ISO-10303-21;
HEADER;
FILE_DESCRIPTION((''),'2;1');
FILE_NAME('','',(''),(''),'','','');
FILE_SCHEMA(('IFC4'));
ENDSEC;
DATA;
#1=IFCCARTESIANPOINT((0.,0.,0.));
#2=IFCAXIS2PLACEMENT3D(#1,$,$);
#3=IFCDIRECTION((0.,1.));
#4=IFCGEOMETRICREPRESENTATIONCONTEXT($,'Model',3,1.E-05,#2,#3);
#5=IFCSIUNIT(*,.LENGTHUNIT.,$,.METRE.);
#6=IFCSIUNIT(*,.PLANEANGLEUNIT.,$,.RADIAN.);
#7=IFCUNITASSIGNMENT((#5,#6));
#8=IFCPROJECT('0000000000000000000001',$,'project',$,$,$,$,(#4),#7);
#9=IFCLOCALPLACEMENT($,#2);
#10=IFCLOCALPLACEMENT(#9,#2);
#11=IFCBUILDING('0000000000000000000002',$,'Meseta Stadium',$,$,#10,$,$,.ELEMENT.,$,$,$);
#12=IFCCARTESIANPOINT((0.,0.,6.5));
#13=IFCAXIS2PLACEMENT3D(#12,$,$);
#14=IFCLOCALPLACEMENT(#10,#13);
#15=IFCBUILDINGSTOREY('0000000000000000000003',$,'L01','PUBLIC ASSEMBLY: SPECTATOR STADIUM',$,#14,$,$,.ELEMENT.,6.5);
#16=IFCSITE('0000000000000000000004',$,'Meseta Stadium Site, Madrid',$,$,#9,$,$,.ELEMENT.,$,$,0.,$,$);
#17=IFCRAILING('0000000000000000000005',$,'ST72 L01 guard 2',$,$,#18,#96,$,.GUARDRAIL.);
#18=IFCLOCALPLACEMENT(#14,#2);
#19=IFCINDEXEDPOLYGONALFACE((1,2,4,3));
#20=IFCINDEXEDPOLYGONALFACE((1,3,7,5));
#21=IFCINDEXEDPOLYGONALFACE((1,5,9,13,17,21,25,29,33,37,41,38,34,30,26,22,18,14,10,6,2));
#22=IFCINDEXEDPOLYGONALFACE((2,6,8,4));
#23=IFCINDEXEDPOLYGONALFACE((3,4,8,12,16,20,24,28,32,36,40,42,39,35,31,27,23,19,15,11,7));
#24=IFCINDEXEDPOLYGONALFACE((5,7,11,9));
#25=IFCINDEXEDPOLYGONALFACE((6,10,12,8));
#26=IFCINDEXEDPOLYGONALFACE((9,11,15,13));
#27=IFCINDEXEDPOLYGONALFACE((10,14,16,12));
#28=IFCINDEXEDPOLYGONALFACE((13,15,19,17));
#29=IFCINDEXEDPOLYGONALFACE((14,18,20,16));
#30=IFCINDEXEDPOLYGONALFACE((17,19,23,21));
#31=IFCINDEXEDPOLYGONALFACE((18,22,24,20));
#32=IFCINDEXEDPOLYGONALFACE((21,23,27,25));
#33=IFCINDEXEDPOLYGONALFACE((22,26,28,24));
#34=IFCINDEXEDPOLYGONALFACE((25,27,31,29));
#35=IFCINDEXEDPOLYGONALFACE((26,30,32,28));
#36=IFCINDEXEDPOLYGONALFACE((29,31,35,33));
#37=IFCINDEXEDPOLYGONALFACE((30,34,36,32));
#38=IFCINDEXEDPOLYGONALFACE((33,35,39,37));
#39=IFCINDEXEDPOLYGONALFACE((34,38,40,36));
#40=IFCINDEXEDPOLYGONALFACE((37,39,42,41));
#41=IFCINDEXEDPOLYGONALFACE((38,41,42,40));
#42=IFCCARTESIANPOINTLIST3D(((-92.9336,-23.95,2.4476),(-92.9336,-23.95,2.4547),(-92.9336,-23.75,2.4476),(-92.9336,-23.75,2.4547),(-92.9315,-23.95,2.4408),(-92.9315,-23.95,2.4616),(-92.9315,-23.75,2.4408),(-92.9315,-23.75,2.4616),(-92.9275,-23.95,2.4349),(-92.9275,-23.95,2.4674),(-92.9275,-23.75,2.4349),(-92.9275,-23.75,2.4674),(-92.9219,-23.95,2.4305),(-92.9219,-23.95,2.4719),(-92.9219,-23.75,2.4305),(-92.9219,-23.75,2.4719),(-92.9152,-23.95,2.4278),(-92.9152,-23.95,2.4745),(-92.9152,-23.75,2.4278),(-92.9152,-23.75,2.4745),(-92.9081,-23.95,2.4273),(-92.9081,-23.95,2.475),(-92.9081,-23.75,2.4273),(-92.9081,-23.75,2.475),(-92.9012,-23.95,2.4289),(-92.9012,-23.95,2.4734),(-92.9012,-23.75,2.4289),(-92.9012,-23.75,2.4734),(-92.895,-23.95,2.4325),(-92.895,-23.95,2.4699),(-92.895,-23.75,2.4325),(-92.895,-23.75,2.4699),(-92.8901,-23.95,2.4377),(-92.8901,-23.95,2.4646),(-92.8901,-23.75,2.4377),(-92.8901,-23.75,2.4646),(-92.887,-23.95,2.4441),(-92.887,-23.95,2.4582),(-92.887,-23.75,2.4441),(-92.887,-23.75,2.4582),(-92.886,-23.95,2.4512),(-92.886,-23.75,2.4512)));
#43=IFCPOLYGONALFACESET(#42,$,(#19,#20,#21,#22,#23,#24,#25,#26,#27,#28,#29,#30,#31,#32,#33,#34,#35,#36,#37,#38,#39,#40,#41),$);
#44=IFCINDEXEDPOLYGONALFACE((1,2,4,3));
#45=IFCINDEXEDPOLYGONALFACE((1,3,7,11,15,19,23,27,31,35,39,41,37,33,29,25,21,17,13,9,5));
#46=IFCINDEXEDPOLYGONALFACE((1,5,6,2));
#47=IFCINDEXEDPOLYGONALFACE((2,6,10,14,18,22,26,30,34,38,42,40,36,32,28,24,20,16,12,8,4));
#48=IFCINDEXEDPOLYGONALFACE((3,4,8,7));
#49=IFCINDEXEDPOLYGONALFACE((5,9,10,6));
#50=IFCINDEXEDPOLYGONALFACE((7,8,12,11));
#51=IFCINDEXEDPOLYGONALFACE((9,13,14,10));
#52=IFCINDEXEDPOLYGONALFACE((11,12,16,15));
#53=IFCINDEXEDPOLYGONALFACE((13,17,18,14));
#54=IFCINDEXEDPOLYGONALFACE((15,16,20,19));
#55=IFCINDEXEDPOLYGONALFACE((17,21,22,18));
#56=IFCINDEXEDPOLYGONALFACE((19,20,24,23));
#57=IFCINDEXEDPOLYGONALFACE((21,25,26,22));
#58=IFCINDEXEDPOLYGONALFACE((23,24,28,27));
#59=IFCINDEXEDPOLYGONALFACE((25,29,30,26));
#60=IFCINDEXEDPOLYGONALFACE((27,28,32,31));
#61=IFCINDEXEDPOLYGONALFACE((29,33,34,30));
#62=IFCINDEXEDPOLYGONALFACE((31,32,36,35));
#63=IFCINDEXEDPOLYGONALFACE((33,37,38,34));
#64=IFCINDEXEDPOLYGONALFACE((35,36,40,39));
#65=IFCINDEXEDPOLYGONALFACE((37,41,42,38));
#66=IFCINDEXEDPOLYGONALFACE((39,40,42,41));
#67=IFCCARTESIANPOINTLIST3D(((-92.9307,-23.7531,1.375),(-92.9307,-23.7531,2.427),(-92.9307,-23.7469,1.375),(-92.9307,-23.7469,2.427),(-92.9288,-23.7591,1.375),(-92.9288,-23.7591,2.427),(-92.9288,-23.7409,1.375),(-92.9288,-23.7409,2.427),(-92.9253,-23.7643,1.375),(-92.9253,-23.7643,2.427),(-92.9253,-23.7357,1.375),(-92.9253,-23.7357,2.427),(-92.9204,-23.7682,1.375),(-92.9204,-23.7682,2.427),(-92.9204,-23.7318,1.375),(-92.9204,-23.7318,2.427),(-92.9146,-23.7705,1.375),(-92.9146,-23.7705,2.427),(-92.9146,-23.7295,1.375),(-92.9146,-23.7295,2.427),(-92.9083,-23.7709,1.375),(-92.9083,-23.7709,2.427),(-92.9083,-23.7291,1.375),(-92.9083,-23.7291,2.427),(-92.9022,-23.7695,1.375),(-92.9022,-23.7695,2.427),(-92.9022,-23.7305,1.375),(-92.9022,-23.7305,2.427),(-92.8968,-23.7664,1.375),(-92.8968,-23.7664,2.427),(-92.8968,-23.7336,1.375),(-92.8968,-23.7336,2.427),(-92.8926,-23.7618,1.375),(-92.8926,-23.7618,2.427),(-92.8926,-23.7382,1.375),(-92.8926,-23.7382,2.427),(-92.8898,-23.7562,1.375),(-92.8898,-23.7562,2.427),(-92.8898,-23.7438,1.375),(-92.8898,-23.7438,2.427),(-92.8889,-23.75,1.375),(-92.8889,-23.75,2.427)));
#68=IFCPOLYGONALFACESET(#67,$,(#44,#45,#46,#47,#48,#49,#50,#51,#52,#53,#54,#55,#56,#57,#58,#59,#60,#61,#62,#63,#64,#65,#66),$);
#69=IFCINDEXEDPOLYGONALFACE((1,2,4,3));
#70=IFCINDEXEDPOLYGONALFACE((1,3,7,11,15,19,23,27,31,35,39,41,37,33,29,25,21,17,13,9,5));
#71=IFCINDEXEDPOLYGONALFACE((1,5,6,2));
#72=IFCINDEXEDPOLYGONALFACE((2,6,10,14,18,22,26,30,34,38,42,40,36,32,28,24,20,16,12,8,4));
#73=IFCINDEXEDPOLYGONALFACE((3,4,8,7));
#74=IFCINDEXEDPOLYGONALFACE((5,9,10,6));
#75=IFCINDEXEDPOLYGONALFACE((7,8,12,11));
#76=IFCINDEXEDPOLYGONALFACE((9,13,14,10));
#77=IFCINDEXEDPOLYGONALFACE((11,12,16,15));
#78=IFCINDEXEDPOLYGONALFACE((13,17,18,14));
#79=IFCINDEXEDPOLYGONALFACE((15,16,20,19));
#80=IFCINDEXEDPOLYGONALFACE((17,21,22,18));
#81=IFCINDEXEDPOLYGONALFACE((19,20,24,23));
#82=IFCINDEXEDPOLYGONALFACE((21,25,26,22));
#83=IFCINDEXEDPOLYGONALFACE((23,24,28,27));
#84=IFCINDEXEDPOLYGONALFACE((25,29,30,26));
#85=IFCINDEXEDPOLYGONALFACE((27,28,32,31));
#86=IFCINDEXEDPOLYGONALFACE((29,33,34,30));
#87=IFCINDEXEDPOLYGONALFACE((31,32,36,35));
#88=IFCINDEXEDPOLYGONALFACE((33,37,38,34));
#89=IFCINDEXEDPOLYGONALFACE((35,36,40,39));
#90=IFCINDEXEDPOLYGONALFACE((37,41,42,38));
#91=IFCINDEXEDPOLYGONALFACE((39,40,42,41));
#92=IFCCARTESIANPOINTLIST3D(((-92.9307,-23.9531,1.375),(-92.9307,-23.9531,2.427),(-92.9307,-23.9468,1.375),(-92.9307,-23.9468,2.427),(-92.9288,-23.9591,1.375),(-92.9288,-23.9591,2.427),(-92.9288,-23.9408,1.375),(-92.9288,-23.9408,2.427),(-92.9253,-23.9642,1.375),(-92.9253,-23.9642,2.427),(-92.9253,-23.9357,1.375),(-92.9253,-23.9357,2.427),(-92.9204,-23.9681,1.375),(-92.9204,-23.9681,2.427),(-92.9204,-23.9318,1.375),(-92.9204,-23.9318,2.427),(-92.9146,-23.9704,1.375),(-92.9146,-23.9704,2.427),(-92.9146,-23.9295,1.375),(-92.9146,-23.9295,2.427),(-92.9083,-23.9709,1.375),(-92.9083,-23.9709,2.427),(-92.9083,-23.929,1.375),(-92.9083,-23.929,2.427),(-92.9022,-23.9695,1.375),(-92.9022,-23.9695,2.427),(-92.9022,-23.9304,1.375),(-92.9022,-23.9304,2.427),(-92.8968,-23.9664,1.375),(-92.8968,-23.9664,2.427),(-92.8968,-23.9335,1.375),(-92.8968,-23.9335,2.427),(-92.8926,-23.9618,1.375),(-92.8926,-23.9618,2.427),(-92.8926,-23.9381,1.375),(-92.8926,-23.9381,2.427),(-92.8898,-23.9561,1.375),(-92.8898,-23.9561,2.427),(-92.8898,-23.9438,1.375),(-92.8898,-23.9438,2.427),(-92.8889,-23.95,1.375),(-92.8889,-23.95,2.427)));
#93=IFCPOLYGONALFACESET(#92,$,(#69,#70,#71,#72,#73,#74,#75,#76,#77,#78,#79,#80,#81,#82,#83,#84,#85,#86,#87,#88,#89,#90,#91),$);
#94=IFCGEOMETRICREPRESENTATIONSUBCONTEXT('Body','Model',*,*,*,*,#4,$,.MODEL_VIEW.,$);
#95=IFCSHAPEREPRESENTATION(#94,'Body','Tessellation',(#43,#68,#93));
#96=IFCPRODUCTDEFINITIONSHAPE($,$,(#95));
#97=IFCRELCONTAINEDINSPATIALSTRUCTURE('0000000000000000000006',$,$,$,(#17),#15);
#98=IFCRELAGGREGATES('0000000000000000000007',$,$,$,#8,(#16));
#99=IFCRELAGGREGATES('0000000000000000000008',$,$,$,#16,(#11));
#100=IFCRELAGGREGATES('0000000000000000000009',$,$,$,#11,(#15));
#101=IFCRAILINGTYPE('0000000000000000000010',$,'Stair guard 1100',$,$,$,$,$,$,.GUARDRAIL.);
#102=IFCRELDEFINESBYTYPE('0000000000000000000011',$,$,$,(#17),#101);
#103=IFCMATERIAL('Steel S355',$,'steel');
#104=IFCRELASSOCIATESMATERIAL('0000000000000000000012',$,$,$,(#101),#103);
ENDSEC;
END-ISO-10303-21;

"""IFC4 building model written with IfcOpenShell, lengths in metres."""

from ifc_helpers import new_model, si_unit, direction, frame, origin, origin_2d, place, context, subcontext, project, spatial, circle, extrude, material, type_object, element, save


model = new_model("IFC4")

# Units and contexts
model_context = context("Model", 3, precision=1e-05, world=origin(), true_north=direction((0.0, 1.0)))
body_context = subcontext(model_context, "Body", "Model", "MODEL_VIEW")
ifc_project = project(units=[si_unit("LENGTHUNIT", "METRE"), si_unit("PLANEANGLEUNIT", "RADIAN")], contexts=[model_context])

# Site, building, storey
site_placement = place(None, origin())
site = spatial("IfcSite", under=ifc_project, at=site_placement, Name="Meseta Stadium Site, Madrid", CompositionType="ELEMENT", RefElevation=0.0)
building_placement = place(site_placement, origin())
building = spatial("IfcBuilding", under=site, at=building_placement, Name="Meseta Stadium", CompositionType="ELEMENT")
storey_placement = place(building_placement, frame((0.0, 0.0, 6.5)))
storey = spatial("IfcBuildingStorey", under=building, at=storey_placement, Name="L01", Description="PUBLIC ASSEMBLY: SPECTATOR STADIUM", CompositionType="ELEMENT", Elevation=6.5)

# Railing
ifc_material_1 = material(Name="Steel S355", Category="steel")
railing_type_1 = type_object("IfcRailingType", Name="Stair guard 1100", PredefinedType="GUARDRAIL", material=ifc_material_1)
railing_1_placement = place(storey_placement, frame((-92.9099, -23.75, 1.375)))
element("IfcRailing", 1, at=railing_1_placement, inside=storey, type_object=railing_type_1, Name="ST72 L01 guard 2", PredefinedType="GUARDRAIL", context=body_context, shape_type="SweptSolid", body=[
    extrude(circle(Radius=0.0239, at=origin_2d()), frame((0.0, 0.0, 1.0762), z_axis=(0.0, -1.0, 0.0), x_axis=(1.0, 0.0, 0.0)), (0.0, 0.0, 1.0), 0.2),
    extrude(circle(Radius=0.021, at=origin_2d()), origin(), (0.0, 0.0, 1.0), 1.052),
    extrude(circle(Radius=0.021, at=origin_2d()), frame((0.0, -0.2, 0.0)), (0.0, 0.0, 1.0), 1.052),
])

save(model, "model.ifc")
